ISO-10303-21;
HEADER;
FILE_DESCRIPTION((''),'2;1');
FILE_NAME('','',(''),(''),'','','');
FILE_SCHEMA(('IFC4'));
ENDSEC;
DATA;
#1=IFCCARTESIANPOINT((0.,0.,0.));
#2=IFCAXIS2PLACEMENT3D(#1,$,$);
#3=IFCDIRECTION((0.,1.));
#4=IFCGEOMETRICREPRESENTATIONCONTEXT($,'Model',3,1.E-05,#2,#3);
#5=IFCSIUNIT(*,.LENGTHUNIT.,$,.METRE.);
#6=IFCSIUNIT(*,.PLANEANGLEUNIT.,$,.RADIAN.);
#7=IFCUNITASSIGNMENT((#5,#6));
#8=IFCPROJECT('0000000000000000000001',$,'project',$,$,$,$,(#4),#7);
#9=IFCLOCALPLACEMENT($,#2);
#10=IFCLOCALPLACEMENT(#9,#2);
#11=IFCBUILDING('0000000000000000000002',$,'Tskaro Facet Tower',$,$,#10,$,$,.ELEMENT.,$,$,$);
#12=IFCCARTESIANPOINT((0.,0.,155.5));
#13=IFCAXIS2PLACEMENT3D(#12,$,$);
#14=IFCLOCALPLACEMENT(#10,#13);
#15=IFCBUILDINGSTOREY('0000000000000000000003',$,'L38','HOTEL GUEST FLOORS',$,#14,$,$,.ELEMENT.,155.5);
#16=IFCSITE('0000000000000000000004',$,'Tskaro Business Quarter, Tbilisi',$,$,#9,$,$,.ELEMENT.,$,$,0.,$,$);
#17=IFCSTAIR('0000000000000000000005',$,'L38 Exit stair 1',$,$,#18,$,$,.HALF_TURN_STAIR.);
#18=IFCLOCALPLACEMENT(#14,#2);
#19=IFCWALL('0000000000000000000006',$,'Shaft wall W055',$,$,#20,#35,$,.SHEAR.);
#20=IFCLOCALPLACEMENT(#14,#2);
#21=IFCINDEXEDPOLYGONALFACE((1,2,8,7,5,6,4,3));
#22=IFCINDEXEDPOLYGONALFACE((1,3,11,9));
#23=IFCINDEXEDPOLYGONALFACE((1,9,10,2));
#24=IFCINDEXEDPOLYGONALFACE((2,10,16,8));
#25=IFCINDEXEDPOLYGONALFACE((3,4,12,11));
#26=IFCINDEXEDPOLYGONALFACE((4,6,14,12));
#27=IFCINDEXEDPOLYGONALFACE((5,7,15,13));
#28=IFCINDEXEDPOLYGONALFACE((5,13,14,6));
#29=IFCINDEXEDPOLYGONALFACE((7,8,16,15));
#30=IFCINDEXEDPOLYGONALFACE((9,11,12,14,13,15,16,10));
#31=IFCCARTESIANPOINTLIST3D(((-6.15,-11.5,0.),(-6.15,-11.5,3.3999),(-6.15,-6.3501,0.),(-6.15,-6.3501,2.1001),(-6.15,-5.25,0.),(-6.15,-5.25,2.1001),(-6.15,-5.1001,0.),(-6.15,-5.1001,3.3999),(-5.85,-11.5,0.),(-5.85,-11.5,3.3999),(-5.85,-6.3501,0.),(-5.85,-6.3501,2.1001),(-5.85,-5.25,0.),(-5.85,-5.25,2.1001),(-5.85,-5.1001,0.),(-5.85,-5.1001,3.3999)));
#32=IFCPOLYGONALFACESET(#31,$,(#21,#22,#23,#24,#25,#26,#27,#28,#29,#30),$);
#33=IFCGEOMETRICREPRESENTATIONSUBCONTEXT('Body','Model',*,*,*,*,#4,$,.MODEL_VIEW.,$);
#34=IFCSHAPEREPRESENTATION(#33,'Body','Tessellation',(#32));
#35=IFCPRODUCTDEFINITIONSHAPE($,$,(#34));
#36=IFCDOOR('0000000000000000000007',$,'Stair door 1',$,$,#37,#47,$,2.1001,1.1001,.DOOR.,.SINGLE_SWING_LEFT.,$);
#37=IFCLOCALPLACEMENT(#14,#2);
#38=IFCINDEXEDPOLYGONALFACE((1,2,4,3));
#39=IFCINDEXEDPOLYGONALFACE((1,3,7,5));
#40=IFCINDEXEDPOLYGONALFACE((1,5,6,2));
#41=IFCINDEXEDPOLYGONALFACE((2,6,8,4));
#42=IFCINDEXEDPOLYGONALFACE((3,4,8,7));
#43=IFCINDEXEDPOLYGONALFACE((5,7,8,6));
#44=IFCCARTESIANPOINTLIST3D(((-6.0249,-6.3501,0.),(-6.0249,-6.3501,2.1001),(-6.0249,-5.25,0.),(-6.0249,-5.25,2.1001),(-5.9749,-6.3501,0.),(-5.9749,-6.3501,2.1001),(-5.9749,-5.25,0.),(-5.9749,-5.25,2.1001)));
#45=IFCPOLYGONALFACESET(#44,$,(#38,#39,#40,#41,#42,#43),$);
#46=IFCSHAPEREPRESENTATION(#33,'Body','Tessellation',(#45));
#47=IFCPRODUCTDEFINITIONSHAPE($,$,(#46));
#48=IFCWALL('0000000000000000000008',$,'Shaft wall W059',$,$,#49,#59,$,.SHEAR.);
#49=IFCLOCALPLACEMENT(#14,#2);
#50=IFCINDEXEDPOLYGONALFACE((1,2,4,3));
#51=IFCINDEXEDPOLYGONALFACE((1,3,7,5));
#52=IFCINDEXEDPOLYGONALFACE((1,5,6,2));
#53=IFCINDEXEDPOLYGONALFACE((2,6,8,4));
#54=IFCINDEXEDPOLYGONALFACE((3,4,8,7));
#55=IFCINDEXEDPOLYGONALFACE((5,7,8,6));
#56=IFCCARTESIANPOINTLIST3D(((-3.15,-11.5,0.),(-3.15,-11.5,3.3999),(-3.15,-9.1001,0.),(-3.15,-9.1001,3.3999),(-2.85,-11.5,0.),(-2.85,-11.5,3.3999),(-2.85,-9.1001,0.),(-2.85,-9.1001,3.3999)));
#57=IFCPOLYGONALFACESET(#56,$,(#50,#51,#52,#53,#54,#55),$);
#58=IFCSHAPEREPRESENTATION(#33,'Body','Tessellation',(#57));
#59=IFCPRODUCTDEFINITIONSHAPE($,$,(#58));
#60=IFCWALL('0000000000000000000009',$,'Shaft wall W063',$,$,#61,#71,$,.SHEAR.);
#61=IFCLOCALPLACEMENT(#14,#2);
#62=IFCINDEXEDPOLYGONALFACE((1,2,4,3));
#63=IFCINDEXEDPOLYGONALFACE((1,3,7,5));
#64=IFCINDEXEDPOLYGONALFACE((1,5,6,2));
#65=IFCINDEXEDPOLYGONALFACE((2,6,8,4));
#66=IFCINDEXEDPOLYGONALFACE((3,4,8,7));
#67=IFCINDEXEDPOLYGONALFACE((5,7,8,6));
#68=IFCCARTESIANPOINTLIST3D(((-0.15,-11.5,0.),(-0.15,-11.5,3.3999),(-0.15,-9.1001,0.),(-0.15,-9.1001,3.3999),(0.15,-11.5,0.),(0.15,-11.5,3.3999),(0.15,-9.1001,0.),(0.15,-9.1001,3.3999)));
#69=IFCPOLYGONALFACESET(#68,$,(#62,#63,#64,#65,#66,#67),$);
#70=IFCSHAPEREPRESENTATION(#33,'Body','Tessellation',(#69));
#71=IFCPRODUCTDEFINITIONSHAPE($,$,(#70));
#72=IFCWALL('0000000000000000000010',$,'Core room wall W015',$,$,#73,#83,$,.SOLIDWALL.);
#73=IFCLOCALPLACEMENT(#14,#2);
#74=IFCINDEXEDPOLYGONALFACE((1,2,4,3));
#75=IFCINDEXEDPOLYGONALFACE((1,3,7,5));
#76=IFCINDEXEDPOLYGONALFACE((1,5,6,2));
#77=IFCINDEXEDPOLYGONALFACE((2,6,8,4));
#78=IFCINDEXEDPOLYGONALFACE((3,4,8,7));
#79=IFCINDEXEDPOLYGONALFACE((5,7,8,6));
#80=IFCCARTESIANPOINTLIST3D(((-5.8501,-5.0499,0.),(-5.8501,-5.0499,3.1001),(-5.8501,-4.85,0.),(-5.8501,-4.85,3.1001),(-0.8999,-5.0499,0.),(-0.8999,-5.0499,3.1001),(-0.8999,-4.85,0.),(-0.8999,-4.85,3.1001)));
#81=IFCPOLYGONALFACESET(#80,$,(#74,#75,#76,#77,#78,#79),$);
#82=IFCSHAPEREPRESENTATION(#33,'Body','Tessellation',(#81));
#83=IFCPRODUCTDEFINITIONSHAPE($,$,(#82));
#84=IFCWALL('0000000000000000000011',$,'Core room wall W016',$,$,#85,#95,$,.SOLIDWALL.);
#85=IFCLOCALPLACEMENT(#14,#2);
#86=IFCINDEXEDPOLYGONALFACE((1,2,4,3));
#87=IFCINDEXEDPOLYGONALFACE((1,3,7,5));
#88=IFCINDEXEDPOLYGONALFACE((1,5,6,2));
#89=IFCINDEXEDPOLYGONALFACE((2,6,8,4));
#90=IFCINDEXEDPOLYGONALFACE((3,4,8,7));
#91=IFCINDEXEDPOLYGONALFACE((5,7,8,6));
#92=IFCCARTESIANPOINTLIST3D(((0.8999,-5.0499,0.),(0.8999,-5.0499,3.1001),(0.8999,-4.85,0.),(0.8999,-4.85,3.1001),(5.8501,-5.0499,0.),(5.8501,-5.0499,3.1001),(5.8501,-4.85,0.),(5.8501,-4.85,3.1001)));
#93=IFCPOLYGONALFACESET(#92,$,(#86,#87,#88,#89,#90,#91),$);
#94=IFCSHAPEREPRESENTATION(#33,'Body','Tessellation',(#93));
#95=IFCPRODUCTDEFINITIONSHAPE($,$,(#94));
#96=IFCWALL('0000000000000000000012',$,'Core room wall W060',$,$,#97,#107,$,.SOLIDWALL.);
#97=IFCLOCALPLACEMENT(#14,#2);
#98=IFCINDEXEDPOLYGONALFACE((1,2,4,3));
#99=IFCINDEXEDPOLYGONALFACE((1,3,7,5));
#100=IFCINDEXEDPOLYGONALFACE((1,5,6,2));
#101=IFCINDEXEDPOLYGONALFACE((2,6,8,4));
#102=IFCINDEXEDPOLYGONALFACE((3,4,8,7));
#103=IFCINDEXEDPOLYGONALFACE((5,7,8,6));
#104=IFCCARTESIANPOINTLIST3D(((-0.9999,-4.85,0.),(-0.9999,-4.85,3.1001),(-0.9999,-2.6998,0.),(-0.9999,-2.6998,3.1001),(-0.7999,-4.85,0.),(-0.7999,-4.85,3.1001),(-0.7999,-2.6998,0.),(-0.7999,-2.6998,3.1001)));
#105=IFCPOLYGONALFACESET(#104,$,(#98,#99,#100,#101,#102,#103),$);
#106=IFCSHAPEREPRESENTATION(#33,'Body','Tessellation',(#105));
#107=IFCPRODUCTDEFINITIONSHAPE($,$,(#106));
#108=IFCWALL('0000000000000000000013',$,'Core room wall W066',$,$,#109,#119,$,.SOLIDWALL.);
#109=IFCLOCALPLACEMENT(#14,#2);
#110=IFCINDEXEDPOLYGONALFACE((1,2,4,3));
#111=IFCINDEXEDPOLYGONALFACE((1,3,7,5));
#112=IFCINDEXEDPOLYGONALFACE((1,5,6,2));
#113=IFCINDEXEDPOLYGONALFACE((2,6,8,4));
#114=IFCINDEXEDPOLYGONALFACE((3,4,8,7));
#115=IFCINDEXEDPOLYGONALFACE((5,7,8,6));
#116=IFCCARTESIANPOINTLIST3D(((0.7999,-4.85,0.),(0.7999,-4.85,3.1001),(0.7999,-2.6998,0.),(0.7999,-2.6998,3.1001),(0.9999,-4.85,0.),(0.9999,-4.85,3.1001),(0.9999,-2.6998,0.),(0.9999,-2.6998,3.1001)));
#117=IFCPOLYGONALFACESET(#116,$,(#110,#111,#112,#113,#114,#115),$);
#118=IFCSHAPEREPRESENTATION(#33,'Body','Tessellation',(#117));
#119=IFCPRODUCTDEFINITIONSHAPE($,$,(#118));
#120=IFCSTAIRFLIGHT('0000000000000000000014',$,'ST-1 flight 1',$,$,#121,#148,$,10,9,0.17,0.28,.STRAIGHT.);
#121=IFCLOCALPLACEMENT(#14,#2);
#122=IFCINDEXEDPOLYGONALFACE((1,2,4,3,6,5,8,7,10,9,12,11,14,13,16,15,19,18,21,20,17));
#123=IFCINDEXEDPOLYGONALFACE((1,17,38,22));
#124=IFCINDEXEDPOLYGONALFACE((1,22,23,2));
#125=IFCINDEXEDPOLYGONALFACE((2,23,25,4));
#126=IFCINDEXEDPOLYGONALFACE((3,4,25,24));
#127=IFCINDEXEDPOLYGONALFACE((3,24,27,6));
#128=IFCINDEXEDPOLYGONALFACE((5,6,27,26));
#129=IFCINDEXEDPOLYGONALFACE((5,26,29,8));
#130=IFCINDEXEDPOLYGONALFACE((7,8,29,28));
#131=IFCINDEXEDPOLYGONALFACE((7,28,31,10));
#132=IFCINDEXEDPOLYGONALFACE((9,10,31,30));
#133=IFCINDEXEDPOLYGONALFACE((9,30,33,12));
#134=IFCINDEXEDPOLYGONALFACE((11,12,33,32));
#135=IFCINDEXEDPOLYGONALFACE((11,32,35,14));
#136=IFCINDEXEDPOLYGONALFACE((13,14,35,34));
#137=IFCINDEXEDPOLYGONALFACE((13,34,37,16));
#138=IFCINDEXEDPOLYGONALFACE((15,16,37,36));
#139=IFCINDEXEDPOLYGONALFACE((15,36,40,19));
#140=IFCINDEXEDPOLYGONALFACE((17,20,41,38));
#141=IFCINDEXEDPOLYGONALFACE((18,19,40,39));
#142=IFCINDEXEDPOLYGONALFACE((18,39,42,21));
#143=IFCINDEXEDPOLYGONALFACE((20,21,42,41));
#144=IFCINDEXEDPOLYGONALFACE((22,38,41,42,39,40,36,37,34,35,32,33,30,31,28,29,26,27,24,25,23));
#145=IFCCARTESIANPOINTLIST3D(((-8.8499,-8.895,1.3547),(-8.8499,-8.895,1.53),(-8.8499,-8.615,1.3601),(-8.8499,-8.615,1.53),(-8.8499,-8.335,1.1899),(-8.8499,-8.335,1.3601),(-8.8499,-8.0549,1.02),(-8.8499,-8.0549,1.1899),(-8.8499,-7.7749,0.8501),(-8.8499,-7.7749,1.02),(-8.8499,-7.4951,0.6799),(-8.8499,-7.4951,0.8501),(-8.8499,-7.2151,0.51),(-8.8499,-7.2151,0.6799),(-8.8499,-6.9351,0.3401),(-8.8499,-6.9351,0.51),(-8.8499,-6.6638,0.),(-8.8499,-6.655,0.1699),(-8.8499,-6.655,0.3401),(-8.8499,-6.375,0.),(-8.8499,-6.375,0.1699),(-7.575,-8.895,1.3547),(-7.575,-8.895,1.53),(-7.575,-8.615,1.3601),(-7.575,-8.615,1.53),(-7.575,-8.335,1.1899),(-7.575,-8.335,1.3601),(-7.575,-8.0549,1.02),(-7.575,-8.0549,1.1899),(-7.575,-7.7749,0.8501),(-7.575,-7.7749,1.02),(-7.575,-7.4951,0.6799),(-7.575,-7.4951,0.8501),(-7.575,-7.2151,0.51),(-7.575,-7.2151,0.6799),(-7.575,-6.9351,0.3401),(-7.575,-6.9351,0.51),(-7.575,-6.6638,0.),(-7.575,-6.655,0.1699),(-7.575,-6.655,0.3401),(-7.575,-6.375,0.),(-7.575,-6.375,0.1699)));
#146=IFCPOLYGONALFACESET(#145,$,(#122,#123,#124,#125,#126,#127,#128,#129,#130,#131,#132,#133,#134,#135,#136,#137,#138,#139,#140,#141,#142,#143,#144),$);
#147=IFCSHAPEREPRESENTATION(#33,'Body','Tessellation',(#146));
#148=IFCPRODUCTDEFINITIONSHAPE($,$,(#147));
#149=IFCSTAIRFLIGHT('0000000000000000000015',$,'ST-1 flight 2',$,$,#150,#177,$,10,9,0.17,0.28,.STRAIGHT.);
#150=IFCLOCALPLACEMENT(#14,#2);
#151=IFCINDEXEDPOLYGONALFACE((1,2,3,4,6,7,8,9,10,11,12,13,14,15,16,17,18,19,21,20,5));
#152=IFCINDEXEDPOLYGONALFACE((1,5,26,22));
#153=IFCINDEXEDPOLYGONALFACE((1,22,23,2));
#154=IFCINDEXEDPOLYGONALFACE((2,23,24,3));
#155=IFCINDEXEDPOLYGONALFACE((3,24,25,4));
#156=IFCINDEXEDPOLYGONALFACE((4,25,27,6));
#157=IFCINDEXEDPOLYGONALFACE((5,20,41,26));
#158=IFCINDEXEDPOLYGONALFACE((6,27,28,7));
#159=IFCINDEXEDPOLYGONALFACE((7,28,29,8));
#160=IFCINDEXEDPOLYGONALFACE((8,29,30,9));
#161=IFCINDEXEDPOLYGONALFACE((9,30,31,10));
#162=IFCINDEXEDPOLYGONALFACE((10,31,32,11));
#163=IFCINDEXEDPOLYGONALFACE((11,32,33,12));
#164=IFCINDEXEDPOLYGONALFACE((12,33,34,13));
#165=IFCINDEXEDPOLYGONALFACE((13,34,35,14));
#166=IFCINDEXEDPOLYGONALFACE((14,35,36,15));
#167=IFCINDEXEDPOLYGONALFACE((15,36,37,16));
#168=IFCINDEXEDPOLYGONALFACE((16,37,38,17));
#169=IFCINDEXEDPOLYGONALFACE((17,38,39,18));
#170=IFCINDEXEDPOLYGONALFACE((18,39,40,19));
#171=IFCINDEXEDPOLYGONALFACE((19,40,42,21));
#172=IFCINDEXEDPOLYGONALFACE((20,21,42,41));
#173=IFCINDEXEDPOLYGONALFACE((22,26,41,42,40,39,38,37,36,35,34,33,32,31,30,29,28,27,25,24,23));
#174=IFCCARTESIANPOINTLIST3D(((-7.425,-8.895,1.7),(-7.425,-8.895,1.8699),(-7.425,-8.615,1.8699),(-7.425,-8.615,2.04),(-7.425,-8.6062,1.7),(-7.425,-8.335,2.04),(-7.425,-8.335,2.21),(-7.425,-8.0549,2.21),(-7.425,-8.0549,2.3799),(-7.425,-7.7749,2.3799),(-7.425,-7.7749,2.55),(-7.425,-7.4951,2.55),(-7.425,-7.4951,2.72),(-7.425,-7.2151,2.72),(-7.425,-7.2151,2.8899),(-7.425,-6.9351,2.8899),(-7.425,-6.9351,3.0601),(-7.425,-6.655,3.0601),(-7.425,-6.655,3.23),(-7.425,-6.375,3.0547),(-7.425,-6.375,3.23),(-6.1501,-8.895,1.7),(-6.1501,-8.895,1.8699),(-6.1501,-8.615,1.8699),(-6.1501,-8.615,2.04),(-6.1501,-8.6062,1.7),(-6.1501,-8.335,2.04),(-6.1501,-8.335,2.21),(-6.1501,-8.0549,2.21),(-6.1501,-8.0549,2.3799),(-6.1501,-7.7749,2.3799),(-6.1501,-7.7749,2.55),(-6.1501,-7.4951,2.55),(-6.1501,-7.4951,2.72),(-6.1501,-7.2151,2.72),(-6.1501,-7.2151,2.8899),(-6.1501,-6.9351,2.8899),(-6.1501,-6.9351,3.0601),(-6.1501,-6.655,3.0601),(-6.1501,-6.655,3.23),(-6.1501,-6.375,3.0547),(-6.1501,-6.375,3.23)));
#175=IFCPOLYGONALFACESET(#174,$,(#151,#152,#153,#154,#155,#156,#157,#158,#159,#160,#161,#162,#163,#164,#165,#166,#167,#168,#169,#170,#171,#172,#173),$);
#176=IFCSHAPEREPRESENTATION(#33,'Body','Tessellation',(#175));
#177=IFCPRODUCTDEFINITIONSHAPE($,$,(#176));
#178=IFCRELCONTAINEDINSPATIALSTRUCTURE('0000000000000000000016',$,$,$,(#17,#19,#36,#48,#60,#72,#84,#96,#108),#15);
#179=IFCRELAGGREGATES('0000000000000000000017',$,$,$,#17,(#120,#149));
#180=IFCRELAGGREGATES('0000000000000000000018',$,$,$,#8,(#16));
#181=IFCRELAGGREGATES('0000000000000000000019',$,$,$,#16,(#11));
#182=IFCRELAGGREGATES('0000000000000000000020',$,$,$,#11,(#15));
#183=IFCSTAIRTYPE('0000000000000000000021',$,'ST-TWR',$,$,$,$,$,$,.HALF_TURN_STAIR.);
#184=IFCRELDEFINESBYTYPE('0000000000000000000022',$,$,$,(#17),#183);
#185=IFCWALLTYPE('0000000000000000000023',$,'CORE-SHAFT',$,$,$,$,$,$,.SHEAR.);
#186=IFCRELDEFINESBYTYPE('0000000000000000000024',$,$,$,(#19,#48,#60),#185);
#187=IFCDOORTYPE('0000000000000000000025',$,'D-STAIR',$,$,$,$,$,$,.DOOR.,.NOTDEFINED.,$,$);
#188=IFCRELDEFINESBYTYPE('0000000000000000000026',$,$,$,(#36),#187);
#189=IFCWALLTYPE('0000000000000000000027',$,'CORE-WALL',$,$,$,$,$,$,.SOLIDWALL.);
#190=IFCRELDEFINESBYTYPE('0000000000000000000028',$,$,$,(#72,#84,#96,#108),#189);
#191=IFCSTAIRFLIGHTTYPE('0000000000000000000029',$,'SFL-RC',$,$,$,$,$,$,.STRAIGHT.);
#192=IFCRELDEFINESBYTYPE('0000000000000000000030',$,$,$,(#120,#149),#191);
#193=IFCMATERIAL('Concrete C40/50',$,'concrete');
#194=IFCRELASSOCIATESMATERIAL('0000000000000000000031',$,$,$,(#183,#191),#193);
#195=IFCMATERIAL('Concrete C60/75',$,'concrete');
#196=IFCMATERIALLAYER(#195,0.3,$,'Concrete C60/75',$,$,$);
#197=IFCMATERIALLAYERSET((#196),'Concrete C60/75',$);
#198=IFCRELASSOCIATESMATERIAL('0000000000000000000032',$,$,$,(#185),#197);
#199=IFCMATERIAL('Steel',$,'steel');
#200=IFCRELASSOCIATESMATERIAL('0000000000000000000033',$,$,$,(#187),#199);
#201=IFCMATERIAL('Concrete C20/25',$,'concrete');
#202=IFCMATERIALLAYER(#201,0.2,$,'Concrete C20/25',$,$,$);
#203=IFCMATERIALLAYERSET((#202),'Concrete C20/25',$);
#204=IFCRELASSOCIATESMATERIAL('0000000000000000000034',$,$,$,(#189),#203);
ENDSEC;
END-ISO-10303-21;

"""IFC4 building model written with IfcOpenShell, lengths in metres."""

from ifc_helpers import new_model, si_unit, direction, frame, frame_2d, origin, place, context, subcontext, project, spatial, polyline, rectangle, outline, extrude, material, layer, layer_set, type_object, element, fill, aggregate, save


model = new_model("IFC4")

# Units and contexts
model_context = context("Model", 3, precision=1e-05, world=origin(), true_north=direction((0.0, 1.0)))
body_context = subcontext(model_context, "Body", "Model", "MODEL_VIEW")
ifc_project = project(units=[si_unit("LENGTHUNIT", "METRE"), si_unit("PLANEANGLEUNIT", "RADIAN")], contexts=[model_context])

# Site, building, storey
site_placement = place(None, origin())
site = spatial("IfcSite", under=ifc_project, at=site_placement, Name="Tskaro Business Quarter, Tbilisi", CompositionType="ELEMENT", RefElevation=0.0)
building_placement = place(site_placement, origin())
building = spatial("IfcBuilding", under=site, at=building_placement, Name="Tskaro Facet Tower", CompositionType="ELEMENT")
storey_placement = place(building_placement, frame((0.0, 0.0, 155.5)))
storey = spatial("IfcBuildingStorey", under=building, at=storey_placement, Name="L38", Description="HOTEL GUEST FLOORS", CompositionType="ELEMENT", Elevation=155.5)

# Stair
ifc_material_1 = material(Name="Concrete C40/50", Category="concrete")
stair_type = type_object("IfcStairType", Name="ST-TWR", PredefinedType="HALF_TURN_STAIR", material=ifc_material_1)
stair_1_placement = place(storey_placement, origin())
stair_1 = element("IfcStair", 1, at=stair_1_placement, inside=storey, type_object=stair_type, Name="L38 Exit stair 1", PredefinedType="HALF_TURN_STAIR")

# Shared definitions
ifc_material_2 = material(Name="Concrete C60/75", Category="concrete")

# Shared definitions
ifc_layer_1 = layer(ifc_material_2, 0.3, Name="Concrete C60/75")
ifc_layer_set_1 = layer_set([ifc_layer_1], Name="Concrete C60/75")
wall_type_1 = type_object("IfcWallType", Name="CORE-SHAFT", PredefinedType="SHEAR", material=ifc_layer_set_1)

# Wall, opening, door
wall_1_placement = place(storey_placement, frame((-6.0, -11.5, 0.0), z_axis=(0.0, 0.0, 1.0), x_axis=(0.0, 1.0, 0.0)))
wall_1 = element("IfcWall", 2, at=wall_1_placement, inside=storey, type_object=wall_type_1, Name="Shaft wall W055", PredefinedType="SHEAR", context=body_context, shape_type="SweptSolid", body=[
    extrude(rectangle(XDim=6.3999, YDim=0.3, at=frame_2d((3.2, 0.0))), origin(), (0.0, 0.0, 1.0), 3.3999),
])
opening_1_placement = place(wall_1_placement, frame((5.1499, 0.0, 0.0)))
opening_1 = element("IfcOpeningElement", 3, at=opening_1_placement, cuts=wall_1, PredefinedType="OPENING", context=body_context, shape_type="SweptSolid", body=[
    extrude(rectangle(XDim=1.1001, YDim=2.1001, at=frame_2d((0.55, 1.05))), frame((0.0, 0.1599, 0.0), z_axis=(0.0, -1.0, 0.0), x_axis=(1.0, 0.0, 0.0)), (0.0, 0.0, 1.0), 0.3201),
])
ifc_material_3 = material(Name="Steel", Category="steel")
door_type_1 = type_object("IfcDoorType", Name="D-STAIR", OperationType="NOTDEFINED", PredefinedType="DOOR", material=ifc_material_3)
door_1_placement = place(opening_1_placement, origin())
door_1 = element("IfcDoor", 4, at=door_1_placement, inside=storey, type_object=door_type_1, Name="Stair door 1", OperationType="SINGLE_SWING_LEFT", OverallHeight=2.1001, OverallWidth=1.1001, PredefinedType="DOOR", context=body_context, shape_type="SweptSolid", body=[
    extrude(rectangle(XDim=1.1001, YDim=2.1001, at=frame_2d((0.55, 1.05))), frame((0.0, 0.0249, 0.0), z_axis=(0.0, -1.0, 0.0), x_axis=(1.0, 0.0, 0.0)), (0.0, 0.0, 1.0), 0.05),
])
fill(opening_1, door_1)

# Walls
for number, where, z_axis, x_axis, name in (
    (5, (-3.0, -11.5, 0.0), (0.0, 0.0, 1.0), (0.0, 1.0, 0.0), "Shaft wall W059"),
    (6, (0.0, -11.5, 0.0), (0.0, 0.0, 1.0), (0.0, 1.0, 0.0), "Shaft wall W063"),
):
    element("IfcWall", number, at=place(storey_placement, frame(where, z_axis=z_axis, x_axis=x_axis)), inside=storey, type_object=wall_type_1, Name=name, PredefinedType="SHEAR", context=body_context, shape_type="SweptSolid", body=[
        extrude(rectangle(XDim=2.3999, YDim=0.3, at=frame_2d((1.2, 0.0))), origin(), (0.0, 0.0, 1.0), 3.3999),
    ])
ifc_material_4 = material(Name="Concrete C20/25", Category="concrete")
ifc_layer_2 = layer(ifc_material_4, 0.2, Name="Concrete C20/25")
ifc_layer_set_2 = layer_set([ifc_layer_2], Name="Concrete C20/25")
wall_type_2 = type_object("IfcWallType", Name="CORE-WALL", PredefinedType="SOLIDWALL", material=ifc_layer_set_2)
for number, where, z_axis, x_axis, name in (
    (7, (-5.8501, -4.95, 0.0), (0.0, 0.0, 1.0), (1.0, 0.0, 0.0), "Core room wall W015"),
    (8, (0.8999, -4.95, 0.0), (0.0, 0.0, 1.0), (1.0, 0.0, 0.0), "Core room wall W016"),
):
    element("IfcWall", number, at=place(storey_placement, frame(where, z_axis=z_axis, x_axis=x_axis)), inside=storey, type_object=wall_type_2, Name=name, PredefinedType="SOLIDWALL", context=body_context, shape_type="SweptSolid", body=[
        extrude(rectangle(XDim=4.9502, YDim=0.2, at=frame_2d((2.4751, 0.0))), origin(), (0.0, 0.0, 1.0), 3.1001),
    ])
for number, where, z_axis, x_axis, name in (
    (9, (-0.8999, -4.8501, 0.0), (0.0, 0.0, 1.0), (0.0, 1.0, 0.0), "Core room wall W060"),
    (10, (0.8999, -4.8501, 0.0), (0.0, 0.0, 1.0), (0.0, 1.0, 0.0), "Core room wall W066"),
):
    element("IfcWall", number, at=place(storey_placement, frame(where, z_axis=z_axis, x_axis=x_axis)), inside=storey, type_object=wall_type_2, Name=name, PredefinedType="SOLIDWALL", context=body_context, shape_type="SweptSolid", body=[
        extrude(rectangle(XDim=2.1501, YDim=0.2, at=frame_2d((1.0752, 0.0))), origin(), (0.0, 0.0, 1.0), 3.1001),
    ])

# Stair flights
stair_flight_type = type_object("IfcStairFlightType", Name="SFL-RC", PredefinedType="STRAIGHT", material=ifc_material_1)
stair_flight_1_placement = place(storey_placement, frame((-8.2124, -6.375, 0.0), z_axis=(0.0, 0.0, 1.0), x_axis=(0.0, -1.0, 0.0)))
stair_flight_1 = element("IfcStairFlight", 11, at=stair_flight_1_placement, type_object=stair_flight_type, Name="ST-1 flight 1", NumberOfRisers=10, NumberOfTreads=9, PredefinedType="STRAIGHT", RiserHeight=0.17, TreadLength=0.28, context=body_context, shape_type="SweptSolid", body=[
    extrude(outline(polyline([(0.0, 0.0), (0.0, 0.1699), (0.28, 0.1699), (0.28, 0.3401), (0.5601, 0.3401), (0.5601, 0.51), (0.8401, 0.51), (0.8401, 0.6799), (1.1201, 0.6799), (1.1201, 0.8501), (1.3999, 0.8501), (1.3999, 1.02), (1.6799, 1.02), (1.6799, 1.1899), (1.96, 1.1899), (1.96, 1.3601), (2.24, 1.3601), (2.24, 1.53), (2.52, 1.53), (2.52, 1.7), (2.52, 1.3547), (0.2888, 0.0), (0.0, 0.0)])), frame((0.0, 0.6375, 0.0), z_axis=(0.0, -1.0, 0.0), x_axis=(1.0, 0.0, 0.0)), (0.0, 0.0, 1.0), 1.2749),
])
stair_flight_2_placement = place(storey_placement, frame((-6.7876, -8.895, 1.7), z_axis=(0.0, 0.0, 1.0), x_axis=(0.0, 1.0, 0.0)))
stair_flight_2 = element("IfcStairFlight", 12, at=stair_flight_2_placement, type_object=stair_flight_type, Name="ST-1 flight 2", NumberOfRisers=10, NumberOfTreads=9, PredefinedType="STRAIGHT", RiserHeight=0.17, TreadLength=0.28, context=body_context, shape_type="SweptSolid", body=[
    extrude(outline(polyline([(0.0, 0.0), (0.0, 0.1699), (0.28, 0.1699), (0.28, 0.3401), (0.5601, 0.3401), (0.5601, 0.51), (0.8401, 0.51), (0.8401, 0.6799), (1.1201, 0.6799), (1.1201, 0.8501), (1.3999, 0.8501), (1.3999, 1.02), (1.6799, 1.02), (1.6799, 1.1899), (1.96, 1.1899), (1.96, 1.3601), (2.24, 1.3601), (2.24, 1.53), (2.52, 1.53), (2.52, 1.7), (2.52, 1.3547), (0.2888, 0.0), (0.0, 0.0)])), frame((0.0, 0.6375, 0.0), z_axis=(0.0, -1.0, 0.0), x_axis=(1.0, 0.0, 0.0)), (0.0, 0.0, 1.0), 1.2749),
])
aggregate(stair_1, [stair_flight_1, stair_flight_2])

save(model, "model.ifc")
